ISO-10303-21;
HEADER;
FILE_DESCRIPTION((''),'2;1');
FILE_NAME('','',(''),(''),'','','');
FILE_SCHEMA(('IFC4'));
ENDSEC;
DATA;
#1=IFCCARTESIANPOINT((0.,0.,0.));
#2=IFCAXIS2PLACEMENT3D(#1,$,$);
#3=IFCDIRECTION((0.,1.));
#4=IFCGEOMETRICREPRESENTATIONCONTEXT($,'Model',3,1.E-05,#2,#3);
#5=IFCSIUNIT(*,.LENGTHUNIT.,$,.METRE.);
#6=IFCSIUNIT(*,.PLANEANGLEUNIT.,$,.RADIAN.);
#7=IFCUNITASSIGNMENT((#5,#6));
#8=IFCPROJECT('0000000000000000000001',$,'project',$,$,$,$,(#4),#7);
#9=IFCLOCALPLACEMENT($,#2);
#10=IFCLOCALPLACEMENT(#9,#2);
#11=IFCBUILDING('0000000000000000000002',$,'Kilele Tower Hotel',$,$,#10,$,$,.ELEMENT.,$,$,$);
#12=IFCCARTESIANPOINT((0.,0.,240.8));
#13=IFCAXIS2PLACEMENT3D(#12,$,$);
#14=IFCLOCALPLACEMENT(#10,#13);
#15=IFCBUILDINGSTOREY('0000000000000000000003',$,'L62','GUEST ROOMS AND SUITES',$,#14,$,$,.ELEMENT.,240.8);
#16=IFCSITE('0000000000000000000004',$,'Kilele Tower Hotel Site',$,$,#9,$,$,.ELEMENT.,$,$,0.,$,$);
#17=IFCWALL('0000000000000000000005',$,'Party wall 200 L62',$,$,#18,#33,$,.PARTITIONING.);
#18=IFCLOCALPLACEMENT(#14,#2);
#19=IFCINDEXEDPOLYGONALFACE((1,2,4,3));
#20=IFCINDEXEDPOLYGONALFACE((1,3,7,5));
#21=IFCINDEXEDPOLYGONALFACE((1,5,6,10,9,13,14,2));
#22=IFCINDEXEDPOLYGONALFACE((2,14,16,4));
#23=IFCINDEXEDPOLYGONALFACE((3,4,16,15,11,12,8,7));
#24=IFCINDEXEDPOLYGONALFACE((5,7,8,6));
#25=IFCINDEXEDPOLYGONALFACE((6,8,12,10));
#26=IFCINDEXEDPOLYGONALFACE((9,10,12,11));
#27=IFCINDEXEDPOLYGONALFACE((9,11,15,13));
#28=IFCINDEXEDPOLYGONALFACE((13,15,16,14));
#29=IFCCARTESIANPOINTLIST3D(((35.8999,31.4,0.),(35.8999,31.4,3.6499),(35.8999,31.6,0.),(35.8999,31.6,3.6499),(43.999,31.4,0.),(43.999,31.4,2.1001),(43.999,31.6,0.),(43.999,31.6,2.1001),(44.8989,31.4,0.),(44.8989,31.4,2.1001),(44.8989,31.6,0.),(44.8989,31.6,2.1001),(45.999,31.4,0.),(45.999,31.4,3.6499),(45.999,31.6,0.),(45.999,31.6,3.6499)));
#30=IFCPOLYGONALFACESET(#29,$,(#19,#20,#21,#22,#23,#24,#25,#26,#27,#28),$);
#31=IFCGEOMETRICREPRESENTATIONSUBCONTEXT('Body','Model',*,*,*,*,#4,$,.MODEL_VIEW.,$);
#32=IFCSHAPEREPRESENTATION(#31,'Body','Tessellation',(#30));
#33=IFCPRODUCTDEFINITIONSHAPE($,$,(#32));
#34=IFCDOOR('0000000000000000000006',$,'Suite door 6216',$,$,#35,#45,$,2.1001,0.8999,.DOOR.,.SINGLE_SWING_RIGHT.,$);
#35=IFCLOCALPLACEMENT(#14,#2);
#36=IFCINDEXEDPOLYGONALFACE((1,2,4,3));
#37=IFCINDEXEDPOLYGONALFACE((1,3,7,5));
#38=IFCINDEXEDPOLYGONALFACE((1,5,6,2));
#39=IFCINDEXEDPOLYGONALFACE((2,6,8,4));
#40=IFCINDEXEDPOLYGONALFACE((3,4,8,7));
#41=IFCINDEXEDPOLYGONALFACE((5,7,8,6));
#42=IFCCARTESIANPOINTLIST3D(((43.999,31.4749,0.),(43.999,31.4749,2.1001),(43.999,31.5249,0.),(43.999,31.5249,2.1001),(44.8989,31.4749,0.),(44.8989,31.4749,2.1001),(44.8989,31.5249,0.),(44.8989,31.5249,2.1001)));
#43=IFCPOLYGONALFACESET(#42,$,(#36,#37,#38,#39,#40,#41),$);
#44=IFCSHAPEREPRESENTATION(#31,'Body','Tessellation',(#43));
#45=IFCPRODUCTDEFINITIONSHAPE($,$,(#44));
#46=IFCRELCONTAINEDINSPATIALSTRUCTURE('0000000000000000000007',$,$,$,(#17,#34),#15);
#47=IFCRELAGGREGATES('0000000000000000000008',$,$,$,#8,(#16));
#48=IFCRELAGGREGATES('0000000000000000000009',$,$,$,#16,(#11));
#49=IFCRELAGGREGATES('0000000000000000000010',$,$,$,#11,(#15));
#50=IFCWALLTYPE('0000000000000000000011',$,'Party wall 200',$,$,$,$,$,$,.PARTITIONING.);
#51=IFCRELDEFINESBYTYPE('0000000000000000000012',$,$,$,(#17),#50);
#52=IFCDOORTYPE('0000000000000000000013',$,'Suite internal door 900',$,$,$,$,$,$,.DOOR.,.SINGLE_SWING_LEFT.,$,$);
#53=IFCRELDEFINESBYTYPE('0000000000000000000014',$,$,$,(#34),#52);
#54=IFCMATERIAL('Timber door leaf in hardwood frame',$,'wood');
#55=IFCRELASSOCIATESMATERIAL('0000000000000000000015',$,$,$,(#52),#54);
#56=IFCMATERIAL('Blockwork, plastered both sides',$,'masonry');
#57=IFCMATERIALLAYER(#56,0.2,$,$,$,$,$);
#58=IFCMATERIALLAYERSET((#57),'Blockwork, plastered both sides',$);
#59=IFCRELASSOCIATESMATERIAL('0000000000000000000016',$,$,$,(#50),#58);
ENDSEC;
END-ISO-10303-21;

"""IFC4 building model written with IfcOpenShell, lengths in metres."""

from ifc_helpers import new_model, si_unit, direction, frame, frame_2d, origin, place, context, subcontext, project, spatial, rectangle, extrude, material, layer, layer_set, type_object, element, fill, save


model = new_model("IFC4")

# Units and contexts
model_context = context("Model", 3, precision=1e-05, world=origin(), true_north=direction((0.0, 1.0)))
body_context = subcontext(model_context, "Body", "Model", "MODEL_VIEW")
ifc_project = project(units=[si_unit("LENGTHUNIT", "METRE"), si_unit("PLANEANGLEUNIT", "RADIAN")], contexts=[model_context])

# Site, building, storey
site_placement = place(None, origin())
site = spatial("IfcSite", under=ifc_project, at=site_placement, Name="Kilele Tower Hotel Site", CompositionType="ELEMENT", RefElevation=0.0)
building_placement = place(site_placement, origin())
building = spatial("IfcBuilding", under=site, at=building_placement, Name="Kilele Tower Hotel", CompositionType="ELEMENT")
storey_placement = place(building_placement, frame((0.0, 0.0, 240.8)))
storey = spatial("IfcBuildingStorey", under=building, at=storey_placement, Name="L62", Description="GUEST ROOMS AND SUITES", CompositionType="ELEMENT", Elevation=240.8)

# Wall, opening, door
ifc_material_1 = material(Name="Timber door leaf in hardwood frame", Category="wood")
door_type_1 = type_object("IfcDoorType", Name="Suite internal door 900", OperationType="SINGLE_SWING_LEFT", PredefinedType="DOOR", material=ifc_material_1)
ifc_material_2 = material(Name="Blockwork, plastered both sides", Category="masonry")
ifc_layer_1 = layer(ifc_material_2, 0.2)
ifc_layer_set_1 = layer_set([ifc_layer_1], Name="Blockwork, plastered both sides")
wall_type_1 = type_object("IfcWallType", Name="Party wall 200", PredefinedType="PARTITIONING", material=ifc_layer_set_1)
wall_1_placement = place(storey_placement, frame((35.8999, 31.5, 0.0), z_axis=(0.0, 0.0, 1.0), x_axis=(1.0, 0.0, 0.0)))
wall_1 = element("IfcWall", 1, at=wall_1_placement, inside=storey, type_object=wall_type_1, Name="Party wall 200 L62", PredefinedType="PARTITIONING", context=body_context, shape_type="SweptSolid", body=[
    extrude(rectangle(XDim=10.0991, YDim=0.2, at=frame_2d((5.0496, 0.0))), origin(), (0.0, 0.0, 1.0), 3.6499),
])
opening_1_placement = place(wall_1_placement, frame((8.0991, 0.0, 0.0)))
opening_1 = element("IfcOpeningElement", 2, at=opening_1_placement, cuts=wall_1, PredefinedType="OPENING", context=body_context, shape_type="SweptSolid", body=[
    extrude(rectangle(XDim=0.8999, YDim=2.1001, at=frame_2d((0.45, 1.05))), frame((0.0, 0.1099, 0.0), z_axis=(0.0, -1.0, 0.0), x_axis=(1.0, 0.0, 0.0)), (0.0, 0.0, 1.0), 0.22),
])
door_1_placement = place(opening_1_placement, origin())
door_1 = element("IfcDoor", 3, at=door_1_placement, inside=storey, type_object=door_type_1, Name="Suite door 6216", OperationType="SINGLE_SWING_RIGHT", OverallHeight=2.1001, OverallWidth=0.8999, PredefinedType="DOOR", context=body_context, shape_type="SweptSolid", body=[
    extrude(rectangle(XDim=0.8999, YDim=2.1001, at=frame_2d((0.45, 1.05))), frame((0.0, 0.0249, 0.0), z_axis=(0.0, -1.0, 0.0), x_axis=(1.0, 0.0, 0.0)), (0.0, 0.0, 1.0), 0.05),
])
fill(opening_1, door_1)

save(model, "model.ifc")
